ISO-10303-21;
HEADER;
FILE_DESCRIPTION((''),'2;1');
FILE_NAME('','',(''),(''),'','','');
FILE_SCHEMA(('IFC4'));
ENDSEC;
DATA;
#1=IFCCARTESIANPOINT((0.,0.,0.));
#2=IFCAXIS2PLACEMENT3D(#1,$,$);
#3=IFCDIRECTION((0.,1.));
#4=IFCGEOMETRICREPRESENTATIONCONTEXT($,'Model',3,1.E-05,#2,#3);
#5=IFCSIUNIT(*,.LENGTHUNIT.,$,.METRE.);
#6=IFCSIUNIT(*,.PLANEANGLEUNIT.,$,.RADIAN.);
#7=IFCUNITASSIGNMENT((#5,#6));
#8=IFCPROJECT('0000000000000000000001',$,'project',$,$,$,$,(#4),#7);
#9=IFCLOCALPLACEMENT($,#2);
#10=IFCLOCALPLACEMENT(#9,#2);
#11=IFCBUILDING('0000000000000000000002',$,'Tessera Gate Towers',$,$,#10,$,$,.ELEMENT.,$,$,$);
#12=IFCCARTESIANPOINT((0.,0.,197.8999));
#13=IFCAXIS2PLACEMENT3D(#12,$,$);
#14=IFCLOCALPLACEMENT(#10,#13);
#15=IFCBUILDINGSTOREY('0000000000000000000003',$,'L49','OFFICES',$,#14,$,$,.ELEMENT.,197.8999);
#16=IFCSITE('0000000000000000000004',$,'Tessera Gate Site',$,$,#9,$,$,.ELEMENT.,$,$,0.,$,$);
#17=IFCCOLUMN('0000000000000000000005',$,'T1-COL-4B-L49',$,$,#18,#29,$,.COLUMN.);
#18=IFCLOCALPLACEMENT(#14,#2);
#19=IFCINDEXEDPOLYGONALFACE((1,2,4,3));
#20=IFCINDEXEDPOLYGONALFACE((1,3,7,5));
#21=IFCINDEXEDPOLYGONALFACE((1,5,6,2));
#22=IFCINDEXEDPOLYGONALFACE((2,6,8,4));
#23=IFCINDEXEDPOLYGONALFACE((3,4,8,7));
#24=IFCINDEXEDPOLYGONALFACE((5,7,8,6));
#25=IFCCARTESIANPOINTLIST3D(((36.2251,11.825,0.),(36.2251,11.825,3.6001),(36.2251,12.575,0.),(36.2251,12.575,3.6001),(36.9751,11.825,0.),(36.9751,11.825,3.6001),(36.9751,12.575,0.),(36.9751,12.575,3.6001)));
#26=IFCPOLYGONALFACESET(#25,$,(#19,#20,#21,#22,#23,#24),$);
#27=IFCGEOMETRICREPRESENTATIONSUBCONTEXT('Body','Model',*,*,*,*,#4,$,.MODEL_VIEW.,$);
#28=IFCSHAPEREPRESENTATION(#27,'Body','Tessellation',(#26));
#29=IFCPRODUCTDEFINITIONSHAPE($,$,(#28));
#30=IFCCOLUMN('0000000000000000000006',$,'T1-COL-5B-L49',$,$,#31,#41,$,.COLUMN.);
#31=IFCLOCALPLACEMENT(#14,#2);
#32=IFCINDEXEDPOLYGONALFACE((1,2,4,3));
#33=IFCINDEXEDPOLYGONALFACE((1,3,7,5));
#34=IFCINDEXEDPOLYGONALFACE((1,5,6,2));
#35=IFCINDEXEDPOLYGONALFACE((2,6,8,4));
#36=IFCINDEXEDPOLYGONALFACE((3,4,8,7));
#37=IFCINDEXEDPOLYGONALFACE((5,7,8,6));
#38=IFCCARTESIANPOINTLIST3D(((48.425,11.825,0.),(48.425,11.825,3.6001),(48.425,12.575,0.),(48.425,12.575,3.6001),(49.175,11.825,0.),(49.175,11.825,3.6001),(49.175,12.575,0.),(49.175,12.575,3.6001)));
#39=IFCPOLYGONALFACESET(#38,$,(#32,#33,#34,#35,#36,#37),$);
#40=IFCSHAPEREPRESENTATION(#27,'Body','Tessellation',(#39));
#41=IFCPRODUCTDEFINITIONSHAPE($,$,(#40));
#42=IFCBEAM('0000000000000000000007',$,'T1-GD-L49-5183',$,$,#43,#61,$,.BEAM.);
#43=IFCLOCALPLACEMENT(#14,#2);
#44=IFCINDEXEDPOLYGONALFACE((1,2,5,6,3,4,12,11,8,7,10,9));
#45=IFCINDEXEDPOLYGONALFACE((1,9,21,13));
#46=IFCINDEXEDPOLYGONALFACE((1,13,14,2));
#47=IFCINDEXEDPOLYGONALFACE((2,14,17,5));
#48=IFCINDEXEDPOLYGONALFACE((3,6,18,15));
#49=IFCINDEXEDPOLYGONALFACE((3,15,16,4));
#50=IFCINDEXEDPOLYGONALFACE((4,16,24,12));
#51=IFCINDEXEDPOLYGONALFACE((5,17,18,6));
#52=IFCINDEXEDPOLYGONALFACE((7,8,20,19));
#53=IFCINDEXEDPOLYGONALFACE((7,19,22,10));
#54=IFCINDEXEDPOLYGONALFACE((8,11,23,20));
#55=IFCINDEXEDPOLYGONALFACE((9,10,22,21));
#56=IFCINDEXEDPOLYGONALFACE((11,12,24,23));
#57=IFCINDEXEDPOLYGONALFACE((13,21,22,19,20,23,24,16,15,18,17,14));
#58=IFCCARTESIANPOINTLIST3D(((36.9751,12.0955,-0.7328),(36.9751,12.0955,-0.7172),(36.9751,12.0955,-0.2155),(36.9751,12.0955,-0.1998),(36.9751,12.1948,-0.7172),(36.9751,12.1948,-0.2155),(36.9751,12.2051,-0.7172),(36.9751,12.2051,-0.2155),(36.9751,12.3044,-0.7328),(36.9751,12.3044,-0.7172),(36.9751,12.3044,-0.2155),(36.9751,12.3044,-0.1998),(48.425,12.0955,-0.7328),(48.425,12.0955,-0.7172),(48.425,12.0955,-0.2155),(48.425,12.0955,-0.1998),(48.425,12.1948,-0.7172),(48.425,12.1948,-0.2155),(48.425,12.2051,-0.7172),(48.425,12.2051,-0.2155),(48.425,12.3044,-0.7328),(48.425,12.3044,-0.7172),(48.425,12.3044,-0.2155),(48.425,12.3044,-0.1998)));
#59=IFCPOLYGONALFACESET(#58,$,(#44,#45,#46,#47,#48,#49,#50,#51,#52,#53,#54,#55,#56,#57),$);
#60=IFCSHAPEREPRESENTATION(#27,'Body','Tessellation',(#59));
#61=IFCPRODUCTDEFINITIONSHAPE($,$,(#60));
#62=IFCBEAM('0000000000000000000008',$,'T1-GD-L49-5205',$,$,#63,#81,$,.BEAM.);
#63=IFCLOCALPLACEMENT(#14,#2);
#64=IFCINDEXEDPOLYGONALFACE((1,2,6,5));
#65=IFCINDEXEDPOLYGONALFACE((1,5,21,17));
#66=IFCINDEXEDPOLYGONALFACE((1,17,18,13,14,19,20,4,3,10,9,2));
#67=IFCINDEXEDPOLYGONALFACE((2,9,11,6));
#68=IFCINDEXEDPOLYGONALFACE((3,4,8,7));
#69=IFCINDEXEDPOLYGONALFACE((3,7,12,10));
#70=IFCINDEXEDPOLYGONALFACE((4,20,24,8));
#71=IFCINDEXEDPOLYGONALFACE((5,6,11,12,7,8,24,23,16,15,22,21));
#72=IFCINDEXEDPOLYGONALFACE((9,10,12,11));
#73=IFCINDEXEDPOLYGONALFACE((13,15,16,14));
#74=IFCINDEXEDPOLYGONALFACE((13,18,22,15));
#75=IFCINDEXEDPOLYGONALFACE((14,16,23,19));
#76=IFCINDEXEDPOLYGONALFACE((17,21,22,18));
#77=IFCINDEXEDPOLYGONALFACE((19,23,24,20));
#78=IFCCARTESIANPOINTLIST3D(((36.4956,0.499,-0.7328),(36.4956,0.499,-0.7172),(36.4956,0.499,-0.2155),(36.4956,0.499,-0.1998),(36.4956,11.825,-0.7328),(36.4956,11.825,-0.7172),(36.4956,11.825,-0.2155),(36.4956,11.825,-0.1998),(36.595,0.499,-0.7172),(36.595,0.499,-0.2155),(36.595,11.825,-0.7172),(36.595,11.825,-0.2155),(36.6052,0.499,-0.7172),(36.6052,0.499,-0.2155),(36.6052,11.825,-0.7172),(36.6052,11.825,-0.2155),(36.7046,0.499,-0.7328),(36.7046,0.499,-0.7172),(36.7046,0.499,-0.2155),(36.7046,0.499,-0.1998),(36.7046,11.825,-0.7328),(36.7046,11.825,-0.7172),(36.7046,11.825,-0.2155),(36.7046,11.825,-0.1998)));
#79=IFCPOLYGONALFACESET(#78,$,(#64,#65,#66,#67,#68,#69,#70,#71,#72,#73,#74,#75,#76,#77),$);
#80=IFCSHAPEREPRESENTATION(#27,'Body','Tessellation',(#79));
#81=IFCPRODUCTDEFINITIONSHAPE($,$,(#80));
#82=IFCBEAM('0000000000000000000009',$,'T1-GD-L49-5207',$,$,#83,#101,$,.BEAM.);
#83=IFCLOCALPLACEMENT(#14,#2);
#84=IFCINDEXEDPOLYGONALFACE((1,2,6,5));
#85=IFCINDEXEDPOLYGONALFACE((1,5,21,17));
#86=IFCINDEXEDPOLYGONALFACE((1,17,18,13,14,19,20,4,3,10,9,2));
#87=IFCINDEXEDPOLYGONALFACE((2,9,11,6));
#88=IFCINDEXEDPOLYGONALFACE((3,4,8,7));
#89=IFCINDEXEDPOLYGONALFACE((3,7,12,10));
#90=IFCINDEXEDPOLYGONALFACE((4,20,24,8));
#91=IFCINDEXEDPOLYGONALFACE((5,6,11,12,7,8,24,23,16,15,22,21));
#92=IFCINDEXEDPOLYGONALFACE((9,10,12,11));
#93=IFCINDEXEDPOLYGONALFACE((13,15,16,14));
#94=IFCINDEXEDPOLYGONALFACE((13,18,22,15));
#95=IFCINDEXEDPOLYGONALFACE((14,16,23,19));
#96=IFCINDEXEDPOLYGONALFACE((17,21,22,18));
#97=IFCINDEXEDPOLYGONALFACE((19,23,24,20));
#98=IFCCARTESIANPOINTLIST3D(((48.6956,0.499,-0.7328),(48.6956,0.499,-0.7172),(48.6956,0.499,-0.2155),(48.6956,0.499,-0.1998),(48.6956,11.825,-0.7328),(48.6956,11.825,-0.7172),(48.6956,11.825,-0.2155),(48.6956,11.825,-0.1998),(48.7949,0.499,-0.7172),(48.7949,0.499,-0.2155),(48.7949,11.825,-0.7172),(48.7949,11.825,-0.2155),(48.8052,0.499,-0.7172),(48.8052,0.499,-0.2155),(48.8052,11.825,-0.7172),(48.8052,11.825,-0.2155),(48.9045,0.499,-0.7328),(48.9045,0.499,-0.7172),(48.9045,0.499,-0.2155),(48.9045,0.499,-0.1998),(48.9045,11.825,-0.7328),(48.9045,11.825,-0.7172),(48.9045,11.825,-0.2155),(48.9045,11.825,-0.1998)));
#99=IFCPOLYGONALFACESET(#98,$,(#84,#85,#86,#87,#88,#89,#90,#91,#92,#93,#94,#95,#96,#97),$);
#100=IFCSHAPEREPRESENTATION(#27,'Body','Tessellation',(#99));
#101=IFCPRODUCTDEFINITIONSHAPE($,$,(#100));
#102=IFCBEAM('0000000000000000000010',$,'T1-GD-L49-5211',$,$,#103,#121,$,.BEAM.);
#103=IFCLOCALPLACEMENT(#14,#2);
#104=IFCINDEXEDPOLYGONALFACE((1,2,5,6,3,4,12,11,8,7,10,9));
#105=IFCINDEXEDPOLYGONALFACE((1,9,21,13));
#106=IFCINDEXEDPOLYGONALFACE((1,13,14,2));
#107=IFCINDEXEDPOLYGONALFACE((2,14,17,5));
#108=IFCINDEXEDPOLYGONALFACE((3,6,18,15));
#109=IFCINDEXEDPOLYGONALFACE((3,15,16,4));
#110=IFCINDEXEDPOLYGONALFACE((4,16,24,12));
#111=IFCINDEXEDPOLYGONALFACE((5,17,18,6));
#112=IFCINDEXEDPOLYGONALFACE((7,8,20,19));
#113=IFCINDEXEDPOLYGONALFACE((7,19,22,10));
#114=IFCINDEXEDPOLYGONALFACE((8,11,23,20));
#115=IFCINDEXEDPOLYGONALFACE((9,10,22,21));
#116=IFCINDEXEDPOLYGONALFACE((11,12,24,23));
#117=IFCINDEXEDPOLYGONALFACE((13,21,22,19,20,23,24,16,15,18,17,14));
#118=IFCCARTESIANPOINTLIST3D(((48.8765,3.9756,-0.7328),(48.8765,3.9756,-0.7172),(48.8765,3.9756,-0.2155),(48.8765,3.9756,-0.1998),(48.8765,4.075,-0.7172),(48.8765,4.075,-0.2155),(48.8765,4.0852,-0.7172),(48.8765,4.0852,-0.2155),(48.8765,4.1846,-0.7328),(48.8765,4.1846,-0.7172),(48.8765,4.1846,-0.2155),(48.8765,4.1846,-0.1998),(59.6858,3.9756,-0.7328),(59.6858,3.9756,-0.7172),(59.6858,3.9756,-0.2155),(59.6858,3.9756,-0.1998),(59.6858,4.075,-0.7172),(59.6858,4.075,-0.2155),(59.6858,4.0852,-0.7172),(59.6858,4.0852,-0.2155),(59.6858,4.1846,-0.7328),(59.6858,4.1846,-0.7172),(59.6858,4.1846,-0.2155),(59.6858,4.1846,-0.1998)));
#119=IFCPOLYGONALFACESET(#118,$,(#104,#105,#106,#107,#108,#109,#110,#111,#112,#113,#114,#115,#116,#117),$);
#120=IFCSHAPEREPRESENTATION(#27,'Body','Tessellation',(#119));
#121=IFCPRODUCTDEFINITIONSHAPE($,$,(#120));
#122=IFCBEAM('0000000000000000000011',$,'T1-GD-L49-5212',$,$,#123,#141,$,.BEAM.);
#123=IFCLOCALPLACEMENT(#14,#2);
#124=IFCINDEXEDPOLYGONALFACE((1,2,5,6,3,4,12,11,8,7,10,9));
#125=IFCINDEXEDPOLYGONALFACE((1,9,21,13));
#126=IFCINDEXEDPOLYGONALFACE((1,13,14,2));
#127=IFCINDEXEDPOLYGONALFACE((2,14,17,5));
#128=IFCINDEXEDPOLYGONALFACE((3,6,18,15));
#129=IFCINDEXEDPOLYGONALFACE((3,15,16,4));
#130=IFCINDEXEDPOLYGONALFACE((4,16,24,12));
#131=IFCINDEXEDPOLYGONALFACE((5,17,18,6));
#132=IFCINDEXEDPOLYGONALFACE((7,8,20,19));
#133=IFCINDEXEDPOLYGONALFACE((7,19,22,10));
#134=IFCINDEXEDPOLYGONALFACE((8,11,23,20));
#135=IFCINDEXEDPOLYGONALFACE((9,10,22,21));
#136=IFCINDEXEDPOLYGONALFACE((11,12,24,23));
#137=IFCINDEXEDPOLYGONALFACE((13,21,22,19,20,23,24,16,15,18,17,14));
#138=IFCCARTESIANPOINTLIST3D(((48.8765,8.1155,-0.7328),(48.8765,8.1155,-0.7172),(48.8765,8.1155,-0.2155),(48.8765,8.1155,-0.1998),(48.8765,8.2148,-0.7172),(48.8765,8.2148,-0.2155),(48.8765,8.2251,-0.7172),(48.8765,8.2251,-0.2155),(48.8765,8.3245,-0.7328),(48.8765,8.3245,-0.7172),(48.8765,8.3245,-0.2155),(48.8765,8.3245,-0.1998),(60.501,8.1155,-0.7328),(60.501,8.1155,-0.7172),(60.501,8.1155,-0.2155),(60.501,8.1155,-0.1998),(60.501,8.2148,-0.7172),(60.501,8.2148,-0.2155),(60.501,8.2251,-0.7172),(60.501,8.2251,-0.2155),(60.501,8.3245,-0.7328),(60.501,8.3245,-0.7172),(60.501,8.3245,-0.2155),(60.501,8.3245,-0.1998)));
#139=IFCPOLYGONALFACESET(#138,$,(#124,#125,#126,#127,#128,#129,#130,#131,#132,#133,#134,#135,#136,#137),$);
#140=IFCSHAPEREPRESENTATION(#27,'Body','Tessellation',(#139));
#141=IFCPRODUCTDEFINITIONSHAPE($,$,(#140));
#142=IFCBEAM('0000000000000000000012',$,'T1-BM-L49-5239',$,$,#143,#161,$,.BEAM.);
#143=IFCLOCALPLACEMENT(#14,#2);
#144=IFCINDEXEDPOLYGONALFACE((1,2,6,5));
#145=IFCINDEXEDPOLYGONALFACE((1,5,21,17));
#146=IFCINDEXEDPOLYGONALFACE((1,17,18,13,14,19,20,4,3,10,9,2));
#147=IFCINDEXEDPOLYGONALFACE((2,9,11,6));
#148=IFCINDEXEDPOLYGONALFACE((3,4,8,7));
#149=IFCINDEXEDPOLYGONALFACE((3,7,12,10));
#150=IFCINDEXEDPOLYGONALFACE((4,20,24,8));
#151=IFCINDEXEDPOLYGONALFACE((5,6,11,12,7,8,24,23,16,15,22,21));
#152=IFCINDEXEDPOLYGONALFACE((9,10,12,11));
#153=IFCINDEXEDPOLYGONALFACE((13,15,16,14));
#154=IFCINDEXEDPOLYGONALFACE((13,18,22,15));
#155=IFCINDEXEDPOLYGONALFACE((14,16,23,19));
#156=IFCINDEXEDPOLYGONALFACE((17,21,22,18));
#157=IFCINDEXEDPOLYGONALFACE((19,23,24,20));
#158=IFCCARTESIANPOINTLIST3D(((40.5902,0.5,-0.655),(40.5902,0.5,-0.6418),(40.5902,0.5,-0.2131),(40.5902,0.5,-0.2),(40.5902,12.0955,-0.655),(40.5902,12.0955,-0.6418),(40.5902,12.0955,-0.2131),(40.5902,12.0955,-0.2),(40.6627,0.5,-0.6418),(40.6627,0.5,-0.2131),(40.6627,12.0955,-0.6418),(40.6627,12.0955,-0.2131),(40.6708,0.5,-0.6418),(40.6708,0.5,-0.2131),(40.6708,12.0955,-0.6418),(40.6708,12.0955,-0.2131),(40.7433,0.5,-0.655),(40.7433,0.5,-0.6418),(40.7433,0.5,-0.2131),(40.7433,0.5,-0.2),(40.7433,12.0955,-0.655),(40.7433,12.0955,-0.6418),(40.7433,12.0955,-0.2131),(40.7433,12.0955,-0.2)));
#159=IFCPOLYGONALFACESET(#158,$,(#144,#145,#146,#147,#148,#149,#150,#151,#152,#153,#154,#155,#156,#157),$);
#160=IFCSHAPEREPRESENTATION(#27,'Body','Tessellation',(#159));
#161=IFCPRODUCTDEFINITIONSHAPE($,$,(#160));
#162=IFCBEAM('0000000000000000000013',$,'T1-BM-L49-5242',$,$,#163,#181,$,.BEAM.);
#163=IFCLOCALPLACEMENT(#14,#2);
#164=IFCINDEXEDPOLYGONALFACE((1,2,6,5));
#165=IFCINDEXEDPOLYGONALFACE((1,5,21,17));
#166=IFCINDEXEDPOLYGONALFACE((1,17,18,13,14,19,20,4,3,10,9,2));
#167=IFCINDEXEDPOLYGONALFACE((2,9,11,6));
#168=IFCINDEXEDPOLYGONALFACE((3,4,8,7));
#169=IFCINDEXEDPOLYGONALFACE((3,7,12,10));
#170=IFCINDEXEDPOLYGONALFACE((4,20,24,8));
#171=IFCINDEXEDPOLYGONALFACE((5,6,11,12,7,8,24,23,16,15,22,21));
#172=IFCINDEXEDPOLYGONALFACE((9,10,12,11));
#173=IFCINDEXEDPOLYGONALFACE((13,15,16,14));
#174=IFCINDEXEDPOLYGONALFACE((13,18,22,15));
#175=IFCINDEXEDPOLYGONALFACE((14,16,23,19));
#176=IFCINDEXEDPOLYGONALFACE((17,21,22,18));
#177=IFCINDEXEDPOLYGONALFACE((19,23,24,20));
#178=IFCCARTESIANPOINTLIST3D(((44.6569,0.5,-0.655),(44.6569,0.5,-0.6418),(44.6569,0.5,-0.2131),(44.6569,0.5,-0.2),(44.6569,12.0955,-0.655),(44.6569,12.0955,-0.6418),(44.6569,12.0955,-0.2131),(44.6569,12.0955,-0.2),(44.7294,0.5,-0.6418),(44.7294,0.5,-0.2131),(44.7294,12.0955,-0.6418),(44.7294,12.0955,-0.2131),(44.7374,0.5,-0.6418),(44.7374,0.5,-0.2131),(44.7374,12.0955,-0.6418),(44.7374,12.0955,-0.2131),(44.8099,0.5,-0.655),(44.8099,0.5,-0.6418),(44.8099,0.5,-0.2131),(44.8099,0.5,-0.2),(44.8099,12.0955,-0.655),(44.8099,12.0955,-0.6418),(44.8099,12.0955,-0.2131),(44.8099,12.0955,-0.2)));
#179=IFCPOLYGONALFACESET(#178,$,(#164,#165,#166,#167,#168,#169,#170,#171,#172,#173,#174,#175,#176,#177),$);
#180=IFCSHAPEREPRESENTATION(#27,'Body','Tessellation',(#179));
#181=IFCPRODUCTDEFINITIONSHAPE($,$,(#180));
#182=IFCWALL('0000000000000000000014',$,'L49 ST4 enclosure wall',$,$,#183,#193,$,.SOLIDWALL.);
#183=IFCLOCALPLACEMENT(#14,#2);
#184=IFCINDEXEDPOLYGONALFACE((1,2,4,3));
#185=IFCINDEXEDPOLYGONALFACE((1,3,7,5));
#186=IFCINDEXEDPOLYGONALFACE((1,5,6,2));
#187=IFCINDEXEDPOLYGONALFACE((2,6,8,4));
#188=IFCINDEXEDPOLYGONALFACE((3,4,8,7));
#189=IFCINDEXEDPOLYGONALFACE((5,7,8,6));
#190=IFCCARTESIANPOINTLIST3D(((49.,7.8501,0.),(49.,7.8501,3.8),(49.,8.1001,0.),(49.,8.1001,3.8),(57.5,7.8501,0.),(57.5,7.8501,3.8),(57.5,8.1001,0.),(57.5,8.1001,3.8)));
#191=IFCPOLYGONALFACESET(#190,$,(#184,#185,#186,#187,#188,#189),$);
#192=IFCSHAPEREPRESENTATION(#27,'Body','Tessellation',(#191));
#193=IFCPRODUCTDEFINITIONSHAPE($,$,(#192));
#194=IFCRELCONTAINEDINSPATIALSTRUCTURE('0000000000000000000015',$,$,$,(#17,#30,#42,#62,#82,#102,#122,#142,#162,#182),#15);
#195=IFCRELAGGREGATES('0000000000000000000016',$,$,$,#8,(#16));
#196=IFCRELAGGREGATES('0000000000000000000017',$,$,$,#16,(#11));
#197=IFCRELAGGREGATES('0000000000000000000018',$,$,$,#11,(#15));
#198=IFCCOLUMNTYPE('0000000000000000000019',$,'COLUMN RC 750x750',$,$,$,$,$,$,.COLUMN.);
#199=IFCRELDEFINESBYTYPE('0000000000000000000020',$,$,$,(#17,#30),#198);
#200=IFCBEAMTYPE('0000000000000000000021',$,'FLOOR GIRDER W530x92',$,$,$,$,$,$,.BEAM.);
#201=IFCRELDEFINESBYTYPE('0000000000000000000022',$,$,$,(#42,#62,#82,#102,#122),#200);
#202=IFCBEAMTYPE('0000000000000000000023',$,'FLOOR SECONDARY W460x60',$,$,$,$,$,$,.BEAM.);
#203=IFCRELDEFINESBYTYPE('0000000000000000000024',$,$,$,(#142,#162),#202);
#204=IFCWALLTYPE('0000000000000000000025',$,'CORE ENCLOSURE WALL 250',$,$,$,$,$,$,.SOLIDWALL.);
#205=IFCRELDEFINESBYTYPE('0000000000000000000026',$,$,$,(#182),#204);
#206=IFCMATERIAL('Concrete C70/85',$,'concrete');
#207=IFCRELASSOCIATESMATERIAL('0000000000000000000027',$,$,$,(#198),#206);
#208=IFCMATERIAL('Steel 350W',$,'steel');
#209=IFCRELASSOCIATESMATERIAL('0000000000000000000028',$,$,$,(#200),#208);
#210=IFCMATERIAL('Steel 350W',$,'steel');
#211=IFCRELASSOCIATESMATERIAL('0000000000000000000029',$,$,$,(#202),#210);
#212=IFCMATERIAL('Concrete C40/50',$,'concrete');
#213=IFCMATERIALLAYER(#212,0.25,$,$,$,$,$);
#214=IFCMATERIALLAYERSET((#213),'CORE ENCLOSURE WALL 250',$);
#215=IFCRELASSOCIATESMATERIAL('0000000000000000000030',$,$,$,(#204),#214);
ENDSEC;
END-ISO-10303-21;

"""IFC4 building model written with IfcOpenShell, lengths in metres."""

from ifc_helpers import new_model, si_unit, direction, frame, frame_2d, origin, origin_2d, place, context, subcontext, project, spatial, rectangle, i_section, extrude, material, layer, layer_set, material_profile, profile_set, type_object, element, save


model = new_model("IFC4")

# Units and contexts
model_context = context("Model", 3, precision=1e-05, world=origin(), true_north=direction((0.0, 1.0)))
body_context = subcontext(model_context, "Body", "Model", "MODEL_VIEW")
ifc_project = project(units=[si_unit("LENGTHUNIT", "METRE"), si_unit("PLANEANGLEUNIT", "RADIAN")], contexts=[model_context])

# Site, building, storey
site_placement = place(None, origin())
site = spatial("IfcSite", under=ifc_project, at=site_placement, Name="Tessera Gate Site", CompositionType="ELEMENT", RefElevation=0.0)
building_placement = place(site_placement, origin())
building = spatial("IfcBuilding", under=site, at=building_placement, Name="Tessera Gate Towers", CompositionType="ELEMENT")
storey_placement = place(building_placement, frame((0.0, 0.0, 197.8999)))
storey = spatial("IfcBuildingStorey", under=building, at=storey_placement, Name="L49", Description="OFFICES", CompositionType="ELEMENT", Elevation=197.8999)

# Columns
ifc_material_1 = material(Name="Concrete C70/85", Category="concrete")
ifc_material_profile_1 = material_profile(ifc_material_1, rectangle(XDim=0.75, YDim=0.75, at=origin_2d()), Name="RC 750x750")
ifc_profile_set_1 = profile_set([ifc_material_profile_1], Name="Concrete C70/85")
column_type = type_object("IfcColumnType", Name="COLUMN RC 750x750", PredefinedType="COLUMN", material=ifc_profile_set_1)
for number, where, z_axis, x_axis, name in (
    (1, (36.6001, 12.2, 0.0), (0.0, 0.0, 1.0), (1.0, 0.0, 0.0), "T1-COL-4B-L49"),
    (2, (48.8, 12.2, 0.0), (0.0, 0.0, 1.0), (1.0, 0.0, 0.0), "T1-COL-5B-L49"),
):
    element("IfcColumn", number, at=place(storey_placement, frame(where, z_axis=z_axis, x_axis=x_axis)), inside=storey, type_object=column_type, Name=name, PredefinedType="COLUMN", context=body_context, shape_type="SweptSolid", body=[
        extrude(rectangle(XDim=0.75, YDim=0.75, at=origin_2d()), origin(), (0.0, 0.0, 1.0), 3.6001),
    ])

# Beams
ifc_material_2 = material(Name="Steel 350W", Category="steel")
ifc_material_profile_2 = material_profile(ifc_material_2, i_section(OverallWidth=0.209, OverallDepth=0.533, WebThickness=0.0103, FlangeThickness=0.0156, at=origin_2d()), Name="W530x92")
ifc_profile_set_2 = profile_set([ifc_material_profile_2], Name="Steel 350W")
beam_type_1 = type_object("IfcBeamType", Name="FLOOR GIRDER W530x92", PredefinedType="BEAM", material=ifc_profile_set_2)
beam_1_placement = place(storey_placement, frame((36.9751, 12.2, -0.4663), z_axis=(1.0, 0.0, 0.0), x_axis=(0.0, 1.0, 0.0)))
element("IfcBeam", 3, at=beam_1_placement, inside=storey, type_object=beam_type_1, Name="T1-GD-L49-5183", PredefinedType="BEAM", context=body_context, shape_type="SweptSolid", body=[
    extrude(i_section(OverallWidth=0.209, OverallDepth=0.533, WebThickness=0.0103, FlangeThickness=0.0156, at=origin_2d()), origin(), (0.0, 0.0, 1.0), 11.45),
])
for number, where, z_axis, x_axis, name in (
    (4, (36.6001, 0.499, -0.4663), (0.0, 1.0, 0.0), (-1.0, 0.0, 0.0), "T1-GD-L49-5205"),
    (5, (48.8, 0.499, -0.4663), (0.0, 1.0, 0.0), (-1.0, 0.0, 0.0), "T1-GD-L49-5207"),
):
    element("IfcBeam", number, at=place(storey_placement, frame(where, z_axis=z_axis, x_axis=x_axis)), inside=storey, type_object=beam_type_1, Name=name, PredefinedType="BEAM", context=body_context, shape_type="SweptSolid", body=[
        extrude(i_section(OverallWidth=0.209, OverallDepth=0.533, WebThickness=0.0103, FlangeThickness=0.0156, at=origin_2d()), origin(), (0.0, 0.0, 1.0), 11.3259),
    ])
beam_2_placement = place(storey_placement, frame((48.8765, 4.0801, -0.4663), z_axis=(1.0, 0.0, 0.0), x_axis=(0.0, 1.0, 0.0)))
element("IfcBeam", 6, at=beam_2_placement, inside=storey, type_object=beam_type_1, Name="T1-GD-L49-5211", PredefinedType="BEAM", context=body_context, shape_type="SweptSolid", body=[
    extrude(i_section(OverallWidth=0.209, OverallDepth=0.533, WebThickness=0.0103, FlangeThickness=0.0156, at=origin_2d()), origin(), (0.0, 0.0, 1.0), 10.8093),
])
beam_3_placement = place(storey_placement, frame((48.8765, 8.22, -0.4663), z_axis=(1.0, 0.0, 0.0), x_axis=(0.0, 1.0, 0.0)))
element("IfcBeam", 7, at=beam_3_placement, inside=storey, type_object=beam_type_1, Name="T1-GD-L49-5212", PredefinedType="BEAM", context=body_context, shape_type="SweptSolid", body=[
    extrude(i_section(OverallWidth=0.209, OverallDepth=0.533, WebThickness=0.0103, FlangeThickness=0.0156, at=origin_2d()), origin(), (0.0, 0.0, 1.0), 11.6245),
])
ifc_material_3 = material(Name="Steel 350W", Category="steel")
ifc_material_profile_3 = material_profile(ifc_material_3, i_section(OverallWidth=0.1531, OverallDepth=0.4551, WebThickness=0.0081, FlangeThickness=0.0132, at=origin_2d()), Name="W460x60")
ifc_profile_set_3 = profile_set([ifc_material_profile_3], Name="Steel 350W")
beam_type_2 = type_object("IfcBeamType", Name="FLOOR SECONDARY W460x60", PredefinedType="BEAM", material=ifc_profile_set_3)
for number, where, z_axis, x_axis, name in (
    (8, (40.6667, 0.5, -0.4275), (0.0, 1.0, 0.0), (-1.0, 0.0, 0.0), "T1-BM-L49-5239"),
    (9, (44.7334, 0.5, -0.4275), (0.0, 1.0, 0.0), (-1.0, 0.0, 0.0), "T1-BM-L49-5242"),
):
    element("IfcBeam", number, at=place(storey_placement, frame(where, z_axis=z_axis, x_axis=x_axis)), inside=storey, type_object=beam_type_2, Name=name, PredefinedType="BEAM", context=body_context, shape_type="SweptSolid", body=[
        extrude(i_section(OverallWidth=0.1531, OverallDepth=0.4551, WebThickness=0.0081, FlangeThickness=0.0132, at=origin_2d()), origin(), (0.0, 0.0, 1.0), 11.5955),
    ])

# Wall
ifc_material_4 = material(Name="Concrete C40/50", Category="concrete")
ifc_layer_1 = layer(ifc_material_4, 0.25)
ifc_layer_set_1 = layer_set([ifc_layer_1], Name="CORE ENCLOSURE WALL 250")
wall_type_1 = type_object("IfcWallType", Name="CORE ENCLOSURE WALL 250", PredefinedType="SOLIDWALL", material=ifc_layer_set_1)
wall_1_placement = place(storey_placement, frame((49.0, 7.9751, 0.0), z_axis=(0.0, 0.0, 1.0), x_axis=(1.0, 0.0, 0.0)))
element("IfcWall", 10, at=wall_1_placement, inside=storey, type_object=wall_type_1, Name="L49 ST4 enclosure wall", PredefinedType="SOLIDWALL", context=body_context, shape_type="SweptSolid", body=[
    extrude(rectangle(XDim=8.5, YDim=0.25, at=frame_2d((4.25, 0.0))), origin(), (0.0, 0.0, 1.0), 3.8),
])

save(model, "model.ifc")
